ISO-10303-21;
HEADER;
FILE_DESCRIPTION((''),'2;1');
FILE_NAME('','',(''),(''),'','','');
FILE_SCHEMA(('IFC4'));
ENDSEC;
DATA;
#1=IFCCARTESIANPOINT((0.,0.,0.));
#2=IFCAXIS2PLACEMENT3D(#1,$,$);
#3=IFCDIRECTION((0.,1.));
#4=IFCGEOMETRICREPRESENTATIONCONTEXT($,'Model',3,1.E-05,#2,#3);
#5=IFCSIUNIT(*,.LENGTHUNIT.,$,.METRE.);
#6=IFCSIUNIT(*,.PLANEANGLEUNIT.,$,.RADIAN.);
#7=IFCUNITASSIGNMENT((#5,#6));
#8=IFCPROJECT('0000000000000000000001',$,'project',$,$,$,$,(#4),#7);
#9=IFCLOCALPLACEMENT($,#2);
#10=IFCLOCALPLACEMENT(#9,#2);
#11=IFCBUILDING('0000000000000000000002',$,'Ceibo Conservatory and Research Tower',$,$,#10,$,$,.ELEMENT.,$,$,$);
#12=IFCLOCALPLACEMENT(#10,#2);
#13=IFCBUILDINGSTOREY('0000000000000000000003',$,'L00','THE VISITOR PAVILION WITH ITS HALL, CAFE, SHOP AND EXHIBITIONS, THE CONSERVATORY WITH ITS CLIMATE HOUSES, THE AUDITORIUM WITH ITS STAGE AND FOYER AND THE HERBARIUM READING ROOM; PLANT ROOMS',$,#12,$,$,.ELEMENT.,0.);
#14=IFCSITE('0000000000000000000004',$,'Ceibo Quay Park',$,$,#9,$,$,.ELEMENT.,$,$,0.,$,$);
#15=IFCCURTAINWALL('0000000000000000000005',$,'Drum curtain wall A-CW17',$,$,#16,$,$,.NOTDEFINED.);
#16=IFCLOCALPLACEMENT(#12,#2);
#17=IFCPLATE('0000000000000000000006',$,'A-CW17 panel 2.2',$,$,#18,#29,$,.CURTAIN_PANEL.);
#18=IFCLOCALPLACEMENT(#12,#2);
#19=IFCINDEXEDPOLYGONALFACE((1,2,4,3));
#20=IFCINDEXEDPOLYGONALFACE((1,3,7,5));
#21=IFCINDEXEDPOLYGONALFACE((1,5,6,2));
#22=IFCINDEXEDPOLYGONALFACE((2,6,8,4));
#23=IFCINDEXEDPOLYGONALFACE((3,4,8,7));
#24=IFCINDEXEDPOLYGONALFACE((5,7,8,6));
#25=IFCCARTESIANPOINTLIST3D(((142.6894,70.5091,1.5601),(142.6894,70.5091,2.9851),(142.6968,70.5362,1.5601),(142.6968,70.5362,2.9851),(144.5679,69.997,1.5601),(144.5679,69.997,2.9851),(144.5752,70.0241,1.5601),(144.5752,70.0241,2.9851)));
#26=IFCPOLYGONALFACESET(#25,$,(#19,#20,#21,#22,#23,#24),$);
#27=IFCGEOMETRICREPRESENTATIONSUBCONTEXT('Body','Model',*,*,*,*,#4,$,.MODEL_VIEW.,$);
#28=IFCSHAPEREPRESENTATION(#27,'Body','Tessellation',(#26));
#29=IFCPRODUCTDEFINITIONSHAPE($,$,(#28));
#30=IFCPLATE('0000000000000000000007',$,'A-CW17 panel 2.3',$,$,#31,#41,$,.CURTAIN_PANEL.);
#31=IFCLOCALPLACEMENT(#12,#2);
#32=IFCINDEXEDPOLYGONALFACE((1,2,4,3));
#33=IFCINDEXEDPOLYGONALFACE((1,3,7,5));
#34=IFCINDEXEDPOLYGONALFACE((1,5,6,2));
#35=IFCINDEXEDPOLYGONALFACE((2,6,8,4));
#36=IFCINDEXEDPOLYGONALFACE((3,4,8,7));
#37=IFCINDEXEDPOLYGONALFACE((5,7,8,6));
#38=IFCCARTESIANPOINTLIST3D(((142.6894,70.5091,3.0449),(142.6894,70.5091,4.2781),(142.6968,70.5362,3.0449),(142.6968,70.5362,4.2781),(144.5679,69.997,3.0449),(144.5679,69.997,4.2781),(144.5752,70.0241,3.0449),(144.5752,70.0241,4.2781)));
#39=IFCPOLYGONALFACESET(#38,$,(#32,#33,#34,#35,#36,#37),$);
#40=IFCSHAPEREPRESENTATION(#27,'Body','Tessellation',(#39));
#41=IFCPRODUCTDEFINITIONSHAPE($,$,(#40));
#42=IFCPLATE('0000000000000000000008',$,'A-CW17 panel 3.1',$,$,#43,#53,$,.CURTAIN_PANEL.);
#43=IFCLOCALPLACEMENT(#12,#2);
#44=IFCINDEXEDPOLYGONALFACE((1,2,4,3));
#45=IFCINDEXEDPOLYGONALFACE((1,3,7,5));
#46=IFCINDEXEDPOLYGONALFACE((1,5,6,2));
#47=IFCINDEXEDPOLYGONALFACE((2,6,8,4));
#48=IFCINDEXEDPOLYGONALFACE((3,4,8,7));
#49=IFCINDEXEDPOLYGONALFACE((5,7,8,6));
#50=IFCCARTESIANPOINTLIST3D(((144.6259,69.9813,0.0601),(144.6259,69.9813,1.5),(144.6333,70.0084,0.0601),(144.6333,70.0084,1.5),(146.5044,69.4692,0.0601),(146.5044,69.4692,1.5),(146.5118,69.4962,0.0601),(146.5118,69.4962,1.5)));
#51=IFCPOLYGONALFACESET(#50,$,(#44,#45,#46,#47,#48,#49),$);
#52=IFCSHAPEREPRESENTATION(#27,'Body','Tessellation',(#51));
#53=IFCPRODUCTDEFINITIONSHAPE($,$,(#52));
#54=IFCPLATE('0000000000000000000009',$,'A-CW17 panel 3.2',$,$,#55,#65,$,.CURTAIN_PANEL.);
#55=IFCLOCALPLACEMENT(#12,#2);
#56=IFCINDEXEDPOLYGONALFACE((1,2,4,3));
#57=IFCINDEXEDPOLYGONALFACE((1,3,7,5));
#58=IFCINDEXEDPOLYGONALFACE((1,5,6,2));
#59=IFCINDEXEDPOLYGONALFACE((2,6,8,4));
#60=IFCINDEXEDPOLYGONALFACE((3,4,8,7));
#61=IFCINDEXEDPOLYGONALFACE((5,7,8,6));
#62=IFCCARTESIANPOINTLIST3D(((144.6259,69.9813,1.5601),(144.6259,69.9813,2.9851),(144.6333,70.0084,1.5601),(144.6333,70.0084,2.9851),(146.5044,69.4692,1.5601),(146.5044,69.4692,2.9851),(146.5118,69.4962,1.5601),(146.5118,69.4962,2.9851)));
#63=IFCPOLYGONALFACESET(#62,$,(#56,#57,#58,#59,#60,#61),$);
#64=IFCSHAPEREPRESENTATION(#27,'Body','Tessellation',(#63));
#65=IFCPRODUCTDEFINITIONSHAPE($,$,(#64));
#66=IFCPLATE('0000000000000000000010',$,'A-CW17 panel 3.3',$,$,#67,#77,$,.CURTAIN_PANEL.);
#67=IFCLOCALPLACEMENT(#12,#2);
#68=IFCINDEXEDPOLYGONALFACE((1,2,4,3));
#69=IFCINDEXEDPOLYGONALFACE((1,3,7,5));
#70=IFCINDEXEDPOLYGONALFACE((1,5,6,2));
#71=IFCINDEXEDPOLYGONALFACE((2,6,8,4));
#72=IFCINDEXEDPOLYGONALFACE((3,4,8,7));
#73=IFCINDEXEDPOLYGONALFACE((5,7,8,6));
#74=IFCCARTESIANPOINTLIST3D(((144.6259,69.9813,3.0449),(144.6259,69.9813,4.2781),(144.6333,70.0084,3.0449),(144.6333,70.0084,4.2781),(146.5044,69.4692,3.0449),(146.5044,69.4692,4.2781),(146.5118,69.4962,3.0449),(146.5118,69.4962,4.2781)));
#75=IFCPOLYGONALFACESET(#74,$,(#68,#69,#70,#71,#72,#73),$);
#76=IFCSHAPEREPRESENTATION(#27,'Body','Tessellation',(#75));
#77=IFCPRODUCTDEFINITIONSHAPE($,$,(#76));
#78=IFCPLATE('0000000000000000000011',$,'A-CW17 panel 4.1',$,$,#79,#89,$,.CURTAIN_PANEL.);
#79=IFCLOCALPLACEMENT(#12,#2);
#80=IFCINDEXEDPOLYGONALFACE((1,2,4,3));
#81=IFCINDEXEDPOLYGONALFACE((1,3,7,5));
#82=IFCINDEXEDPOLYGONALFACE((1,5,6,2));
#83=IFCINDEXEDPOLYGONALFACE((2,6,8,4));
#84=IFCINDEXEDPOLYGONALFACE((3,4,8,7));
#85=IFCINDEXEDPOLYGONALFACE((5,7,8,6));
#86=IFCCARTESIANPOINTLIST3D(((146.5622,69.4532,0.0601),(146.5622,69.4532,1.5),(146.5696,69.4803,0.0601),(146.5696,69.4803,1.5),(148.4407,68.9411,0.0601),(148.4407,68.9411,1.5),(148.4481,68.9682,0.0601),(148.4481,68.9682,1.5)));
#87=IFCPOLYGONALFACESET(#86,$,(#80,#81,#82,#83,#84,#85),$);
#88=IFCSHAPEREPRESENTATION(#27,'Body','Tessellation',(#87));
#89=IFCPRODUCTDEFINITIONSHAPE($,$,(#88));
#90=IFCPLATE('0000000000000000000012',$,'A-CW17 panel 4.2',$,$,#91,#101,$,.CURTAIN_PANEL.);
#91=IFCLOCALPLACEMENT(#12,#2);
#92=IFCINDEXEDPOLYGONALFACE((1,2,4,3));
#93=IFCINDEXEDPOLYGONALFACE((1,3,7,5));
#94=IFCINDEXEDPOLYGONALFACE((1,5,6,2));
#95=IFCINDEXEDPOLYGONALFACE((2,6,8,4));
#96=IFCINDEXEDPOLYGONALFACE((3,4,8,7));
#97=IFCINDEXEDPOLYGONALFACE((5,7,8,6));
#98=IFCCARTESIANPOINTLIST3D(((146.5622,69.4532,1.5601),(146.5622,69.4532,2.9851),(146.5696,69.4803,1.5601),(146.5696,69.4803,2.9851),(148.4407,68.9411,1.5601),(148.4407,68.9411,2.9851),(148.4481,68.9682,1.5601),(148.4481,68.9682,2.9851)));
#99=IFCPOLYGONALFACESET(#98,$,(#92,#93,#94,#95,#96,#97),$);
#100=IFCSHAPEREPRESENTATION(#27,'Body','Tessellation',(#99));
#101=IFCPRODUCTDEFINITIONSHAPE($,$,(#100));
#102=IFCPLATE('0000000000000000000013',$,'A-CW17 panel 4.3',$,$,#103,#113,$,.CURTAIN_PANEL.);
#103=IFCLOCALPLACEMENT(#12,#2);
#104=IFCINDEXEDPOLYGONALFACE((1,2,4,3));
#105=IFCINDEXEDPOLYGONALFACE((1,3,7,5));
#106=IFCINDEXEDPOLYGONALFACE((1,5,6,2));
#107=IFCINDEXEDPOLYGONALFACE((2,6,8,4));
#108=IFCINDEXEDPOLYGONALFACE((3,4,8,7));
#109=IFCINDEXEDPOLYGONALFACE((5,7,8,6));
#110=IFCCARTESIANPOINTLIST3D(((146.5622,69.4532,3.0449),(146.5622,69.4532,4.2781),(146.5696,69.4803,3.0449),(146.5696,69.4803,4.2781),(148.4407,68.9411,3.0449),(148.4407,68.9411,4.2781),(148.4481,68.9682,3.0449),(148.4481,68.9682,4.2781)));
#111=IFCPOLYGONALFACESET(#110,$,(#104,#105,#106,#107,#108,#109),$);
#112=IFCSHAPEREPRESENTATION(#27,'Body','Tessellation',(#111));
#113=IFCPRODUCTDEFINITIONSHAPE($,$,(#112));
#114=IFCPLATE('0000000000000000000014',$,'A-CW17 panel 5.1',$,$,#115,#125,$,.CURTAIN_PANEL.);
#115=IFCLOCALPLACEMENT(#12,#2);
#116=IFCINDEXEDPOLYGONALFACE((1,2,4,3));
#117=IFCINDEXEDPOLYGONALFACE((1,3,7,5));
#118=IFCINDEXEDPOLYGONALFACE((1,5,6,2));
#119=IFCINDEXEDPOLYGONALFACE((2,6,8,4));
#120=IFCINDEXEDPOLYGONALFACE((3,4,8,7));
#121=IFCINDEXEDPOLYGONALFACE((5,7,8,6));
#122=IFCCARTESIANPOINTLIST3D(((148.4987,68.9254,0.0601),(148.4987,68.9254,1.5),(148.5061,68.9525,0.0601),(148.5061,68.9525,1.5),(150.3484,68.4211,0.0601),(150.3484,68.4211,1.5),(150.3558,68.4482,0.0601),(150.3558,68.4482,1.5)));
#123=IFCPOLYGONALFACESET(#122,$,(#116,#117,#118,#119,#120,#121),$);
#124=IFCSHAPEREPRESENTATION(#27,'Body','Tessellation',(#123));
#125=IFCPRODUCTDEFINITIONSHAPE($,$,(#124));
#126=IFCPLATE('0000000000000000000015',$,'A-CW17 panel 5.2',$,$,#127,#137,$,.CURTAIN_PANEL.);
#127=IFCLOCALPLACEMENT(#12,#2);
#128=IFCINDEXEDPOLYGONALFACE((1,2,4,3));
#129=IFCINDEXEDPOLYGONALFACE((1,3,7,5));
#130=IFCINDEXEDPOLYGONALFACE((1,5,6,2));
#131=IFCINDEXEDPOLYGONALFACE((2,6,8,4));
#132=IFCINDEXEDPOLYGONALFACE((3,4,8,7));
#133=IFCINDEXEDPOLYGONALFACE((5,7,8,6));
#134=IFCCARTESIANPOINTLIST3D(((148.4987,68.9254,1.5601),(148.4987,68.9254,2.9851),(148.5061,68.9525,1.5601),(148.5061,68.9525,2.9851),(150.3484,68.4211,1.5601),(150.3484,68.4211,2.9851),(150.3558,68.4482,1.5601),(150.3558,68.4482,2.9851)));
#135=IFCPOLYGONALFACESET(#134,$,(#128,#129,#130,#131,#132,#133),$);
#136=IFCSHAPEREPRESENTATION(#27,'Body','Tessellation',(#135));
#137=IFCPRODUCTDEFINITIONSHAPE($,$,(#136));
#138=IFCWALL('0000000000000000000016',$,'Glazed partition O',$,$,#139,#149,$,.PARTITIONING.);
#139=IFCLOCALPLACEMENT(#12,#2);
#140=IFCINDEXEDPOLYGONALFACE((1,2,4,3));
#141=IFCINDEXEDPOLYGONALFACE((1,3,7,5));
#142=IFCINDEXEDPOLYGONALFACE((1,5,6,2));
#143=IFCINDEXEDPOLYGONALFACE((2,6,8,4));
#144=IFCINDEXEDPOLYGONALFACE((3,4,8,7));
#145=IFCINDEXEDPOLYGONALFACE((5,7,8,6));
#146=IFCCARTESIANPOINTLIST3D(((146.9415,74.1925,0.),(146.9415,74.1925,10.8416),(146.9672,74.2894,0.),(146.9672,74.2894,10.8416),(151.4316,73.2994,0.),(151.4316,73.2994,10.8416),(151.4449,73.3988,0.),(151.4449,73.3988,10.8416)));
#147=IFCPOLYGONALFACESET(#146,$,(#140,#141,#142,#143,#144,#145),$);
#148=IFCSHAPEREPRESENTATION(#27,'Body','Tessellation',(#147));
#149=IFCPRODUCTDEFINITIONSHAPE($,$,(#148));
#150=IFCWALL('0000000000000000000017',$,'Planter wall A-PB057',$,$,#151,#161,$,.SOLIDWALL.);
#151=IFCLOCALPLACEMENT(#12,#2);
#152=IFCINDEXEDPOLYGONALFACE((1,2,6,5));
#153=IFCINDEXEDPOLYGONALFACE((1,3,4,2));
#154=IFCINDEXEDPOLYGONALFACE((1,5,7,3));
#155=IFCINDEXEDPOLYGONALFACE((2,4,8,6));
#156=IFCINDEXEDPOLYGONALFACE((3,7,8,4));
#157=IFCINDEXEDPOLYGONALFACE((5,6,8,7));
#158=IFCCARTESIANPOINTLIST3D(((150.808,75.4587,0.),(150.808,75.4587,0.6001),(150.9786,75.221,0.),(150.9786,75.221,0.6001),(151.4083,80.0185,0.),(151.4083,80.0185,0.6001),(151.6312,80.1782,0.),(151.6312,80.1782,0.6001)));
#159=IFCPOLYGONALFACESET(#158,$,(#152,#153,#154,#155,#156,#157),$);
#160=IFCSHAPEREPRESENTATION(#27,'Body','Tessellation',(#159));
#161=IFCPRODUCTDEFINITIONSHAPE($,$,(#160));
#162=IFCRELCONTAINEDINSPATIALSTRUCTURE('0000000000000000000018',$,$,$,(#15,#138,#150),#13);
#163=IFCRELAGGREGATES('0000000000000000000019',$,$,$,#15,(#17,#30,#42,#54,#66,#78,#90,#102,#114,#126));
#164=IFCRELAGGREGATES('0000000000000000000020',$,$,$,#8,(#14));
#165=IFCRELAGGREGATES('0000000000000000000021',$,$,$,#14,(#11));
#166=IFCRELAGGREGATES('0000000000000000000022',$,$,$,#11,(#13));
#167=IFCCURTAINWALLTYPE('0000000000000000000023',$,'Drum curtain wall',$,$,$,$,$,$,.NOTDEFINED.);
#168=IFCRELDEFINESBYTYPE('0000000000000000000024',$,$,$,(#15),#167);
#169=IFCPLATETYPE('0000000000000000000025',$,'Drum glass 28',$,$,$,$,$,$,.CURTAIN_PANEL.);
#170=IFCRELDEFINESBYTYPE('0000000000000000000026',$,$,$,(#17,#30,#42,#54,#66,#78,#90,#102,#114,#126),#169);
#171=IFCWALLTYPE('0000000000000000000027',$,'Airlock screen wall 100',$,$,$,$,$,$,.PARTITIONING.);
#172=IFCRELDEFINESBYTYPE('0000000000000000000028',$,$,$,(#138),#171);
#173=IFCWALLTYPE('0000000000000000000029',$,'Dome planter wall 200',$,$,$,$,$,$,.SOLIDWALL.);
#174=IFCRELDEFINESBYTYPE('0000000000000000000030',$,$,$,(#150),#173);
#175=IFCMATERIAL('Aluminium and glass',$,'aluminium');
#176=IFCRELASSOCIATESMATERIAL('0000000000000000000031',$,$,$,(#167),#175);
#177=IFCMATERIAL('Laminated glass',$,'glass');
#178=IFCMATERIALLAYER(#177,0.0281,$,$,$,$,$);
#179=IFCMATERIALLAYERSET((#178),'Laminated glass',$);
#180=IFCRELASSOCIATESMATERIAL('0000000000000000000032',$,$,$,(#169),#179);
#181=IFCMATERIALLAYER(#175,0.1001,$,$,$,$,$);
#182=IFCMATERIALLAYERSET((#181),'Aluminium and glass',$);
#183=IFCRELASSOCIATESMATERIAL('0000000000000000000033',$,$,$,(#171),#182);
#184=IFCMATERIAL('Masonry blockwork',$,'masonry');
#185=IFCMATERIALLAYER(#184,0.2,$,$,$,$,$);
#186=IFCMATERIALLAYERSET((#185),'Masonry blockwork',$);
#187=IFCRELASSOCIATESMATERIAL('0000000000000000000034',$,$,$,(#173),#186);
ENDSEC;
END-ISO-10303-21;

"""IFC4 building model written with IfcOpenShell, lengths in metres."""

from ifc_helpers import new_model, si_unit, direction, frame, origin, origin_2d, place, context, subcontext, project, spatial, polyline, rectangle, outline, extrude, material, layer, layer_set, type_object, element, aggregate, save


model = new_model("IFC4")

# Units and contexts
model_context = context("Model", 3, precision=1e-05, world=origin(), true_north=direction((0.0, 1.0)))
body_context = subcontext(model_context, "Body", "Model", "MODEL_VIEW")
ifc_project = project(units=[si_unit("LENGTHUNIT", "METRE"), si_unit("PLANEANGLEUNIT", "RADIAN")], contexts=[model_context])

# Site, building, storey
site_placement = place(None, origin())
site = spatial("IfcSite", under=ifc_project, at=site_placement, Name="Ceibo Quay Park", CompositionType="ELEMENT", RefElevation=0.0)
building_placement = place(site_placement, origin())
building = spatial("IfcBuilding", under=site, at=building_placement, Name="Ceibo Conservatory and Research Tower", CompositionType="ELEMENT")
storey_placement = place(building_placement, origin())
storey = spatial("IfcBuildingStorey", under=building, at=storey_placement, Name="L00", Description="THE VISITOR PAVILION WITH ITS HALL, CAFE, SHOP AND EXHIBITIONS, THE CONSERVATORY WITH ITS CLIMATE HOUSES, THE AUDITORIUM WITH ITS STAGE AND FOYER AND THE HERBARIUM READING ROOM; PLANT ROOMS", CompositionType="ELEMENT", Elevation=0.0)

# Curtain wall
ifc_material_1 = material(Name="Aluminium and glass", Category="aluminium")
curtain_wall_type = type_object("IfcCurtainWallType", Name="Drum curtain wall", PredefinedType="NOTDEFINED", material=ifc_material_1)
curtain_wall_1_placement = place(storey_placement, origin())
curtain_wall_1 = element("IfcCurtainWall", 1, at=curtain_wall_1_placement, inside=storey, type_object=curtain_wall_type, Name="Drum curtain wall A-CW17", PredefinedType="NOTDEFINED")

# Plates
ifc_material_2 = material(Name="Laminated glass", Category="glass")
ifc_layer_1 = layer(ifc_material_2, 0.0281)
ifc_layer_set_1 = layer_set([ifc_layer_1], Name="Laminated glass")
plate_type = type_object("IfcPlateType", Name="Drum glass 28", PredefinedType="CURTAIN_PANEL", material=ifc_layer_set_1)
plate_1_placement = place(storey_placement, frame((143.6323, 70.2666, 1.5601), z_axis=(0.0, 0.0, 1.0), x_axis=(0.964787, -0.263031, 0.0)))
plate_1 = element("IfcPlate", 2, at=plate_1_placement, type_object=plate_type, Name="A-CW17 panel 2.2", PredefinedType="CURTAIN_PANEL", context=body_context, shape_type="SweptSolid", body=[
    extrude(rectangle(XDim=1.947, YDim=0.0281, at=origin_2d()), origin(), (0.0, 0.0, 1.0), 1.425),
])
plate_2_placement = place(storey_placement, frame((143.6323, 70.2666, 3.0449), z_axis=(0.0, 0.0, 1.0), x_axis=(0.964787, -0.263031, 0.0)))
plate_2 = element("IfcPlate", 3, at=plate_2_placement, type_object=plate_type, Name="A-CW17 panel 2.3", PredefinedType="CURTAIN_PANEL", context=body_context, shape_type="SweptSolid", body=[
    extrude(rectangle(XDim=1.947, YDim=0.0281, at=origin_2d()), origin(), (0.0, 0.0, 1.0), 1.2332),
])
plate_3_placement = place(storey_placement, frame((145.5688, 69.7388, 0.0601), z_axis=(0.0, 0.0, 1.0), x_axis=(0.964787, -0.263031, 0.0)))
plate_3 = element("IfcPlate", 4, at=plate_3_placement, type_object=plate_type, Name="A-CW17 panel 3.1", PredefinedType="CURTAIN_PANEL", context=body_context, shape_type="SweptSolid", body=[
    extrude(rectangle(XDim=1.947, YDim=0.0281, at=origin_2d()), origin(), (0.0, 0.0, 1.0), 1.4399),
])
plate_4_placement = place(storey_placement, frame((145.5688, 69.7388, 1.5601), z_axis=(0.0, 0.0, 1.0), x_axis=(0.964787, -0.263031, 0.0)))
plate_4 = element("IfcPlate", 5, at=plate_4_placement, type_object=plate_type, Name="A-CW17 panel 3.2", PredefinedType="CURTAIN_PANEL", context=body_context, shape_type="SweptSolid", body=[
    extrude(rectangle(XDim=1.947, YDim=0.0281, at=origin_2d()), origin(), (0.0, 0.0, 1.0), 1.425),
])
plate_5_placement = place(storey_placement, frame((145.5688, 69.7388, 3.0449), z_axis=(0.0, 0.0, 1.0), x_axis=(0.964787, -0.263031, 0.0)))
plate_5 = element("IfcPlate", 6, at=plate_5_placement, type_object=plate_type, Name="A-CW17 panel 3.3", PredefinedType="CURTAIN_PANEL", context=body_context, shape_type="SweptSolid", body=[
    extrude(rectangle(XDim=1.947, YDim=0.0281, at=origin_2d()), origin(), (0.0, 0.0, 1.0), 1.2332),
])
plate_6_placement = place(storey_placement, frame((147.5051, 69.2107, 0.0601), z_axis=(0.0, 0.0, 1.0), x_axis=(0.964787, -0.263031, 0.0)))
plate_6 = element("IfcPlate", 7, at=plate_6_placement, type_object=plate_type, Name="A-CW17 panel 4.1", PredefinedType="CURTAIN_PANEL", context=body_context, shape_type="SweptSolid", body=[
    extrude(rectangle(XDim=1.947, YDim=0.0281, at=origin_2d()), origin(), (0.0, 0.0, 1.0), 1.4399),
])
plate_7_placement = place(storey_placement, frame((147.5051, 69.2107, 1.5601), z_axis=(0.0, 0.0, 1.0), x_axis=(0.964787, -0.263031, 0.0)))
plate_7 = element("IfcPlate", 8, at=plate_7_placement, type_object=plate_type, Name="A-CW17 panel 4.2", PredefinedType="CURTAIN_PANEL", context=body_context, shape_type="SweptSolid", body=[
    extrude(rectangle(XDim=1.947, YDim=0.0281, at=origin_2d()), origin(), (0.0, 0.0, 1.0), 1.425),
])
plate_8_placement = place(storey_placement, frame((147.5051, 69.2107, 3.0449), z_axis=(0.0, 0.0, 1.0), x_axis=(0.964787, -0.263031, 0.0)))
plate_8 = element("IfcPlate", 9, at=plate_8_placement, type_object=plate_type, Name="A-CW17 panel 4.3", PredefinedType="CURTAIN_PANEL", context=body_context, shape_type="SweptSolid", body=[
    extrude(rectangle(XDim=1.947, YDim=0.0281, at=origin_2d()), origin(), (0.0, 0.0, 1.0), 1.2332),
])
plate_9_placement = place(storey_placement, frame((149.4272, 68.6868, 0.0601), z_axis=(0.0, 0.0, 1.0), x_axis=(0.964787, -0.263031, 0.0)))
plate_9 = element("IfcPlate", 10, at=plate_9_placement, type_object=plate_type, Name="A-CW17 panel 5.1", PredefinedType="CURTAIN_PANEL", context=body_context, shape_type="SweptSolid", body=[
    extrude(rectangle(XDim=1.9172, YDim=0.0281, at=origin_2d()), origin(), (0.0, 0.0, 1.0), 1.4399),
])
plate_10_placement = place(storey_placement, frame((149.4272, 68.6868, 1.5601), z_axis=(0.0, 0.0, 1.0), x_axis=(0.964787, -0.263031, 0.0)))
plate_10 = element("IfcPlate", 11, at=plate_10_placement, type_object=plate_type, Name="A-CW17 panel 5.2", PredefinedType="CURTAIN_PANEL", context=body_context, shape_type="SweptSolid", body=[
    extrude(rectangle(XDim=1.9172, YDim=0.0281, at=origin_2d()), origin(), (0.0, 0.0, 1.0), 1.425),
])
aggregate(curtain_wall_1, [plate_1, plate_2, plate_3, plate_4, plate_5, plate_6, plate_7, plate_8, plate_9, plate_10])

# Walls
ifc_layer_2 = layer(ifc_material_1, 0.1001)
ifc_layer_set_2 = layer_set([ifc_layer_2], Name="Aluminium and glass")
wall_type_1 = type_object("IfcWallType", Name="Airlock screen wall 100", PredefinedType="PARTITIONING", material=ifc_layer_set_2)
wall_1_placement = place(storey_placement, frame((146.9543, 74.241, 0.0), z_axis=(0.0, 0.0, 1.0), x_axis=(0.980788, -0.195079, 0.0)))
element("IfcWall", 12, at=wall_1_placement, inside=storey, type_object=wall_type_1, Name="Glazed partition O", PredefinedType="PARTITIONING", context=body_context, shape_type="SweptSolid", body=[
    extrude(outline(polyline([(-0.0032, -0.05), (4.575, -0.05), (4.5686, 0.05), (0.0032, 0.05), (-0.0032, -0.05)])), origin(), (0.0, 0.0, 1.0), 10.8416),
])
ifc_material_3 = material(Name="Masonry blockwork", Category="masonry")
ifc_layer_3 = layer(ifc_material_3, 0.2)
ifc_layer_set_3 = layer_set([ifc_layer_3], Name="Masonry blockwork")
wall_type_2 = type_object("IfcWallType", Name="Dome planter wall 200", PredefinedType="SOLIDWALL", material=ifc_layer_set_3)
wall_2_placement = place(storey_placement, frame((150.8933, 75.3398, 0.0), z_axis=(0.0, 0.0, 1.0), x_axis=(0.130524, 0.991445, 0.0)))
element("IfcWall", 13, at=wall_2_placement, inside=storey, type_object=wall_type_2, Name="Planter wall A-PB057", PredefinedType="SOLIDWALL", context=body_context, shape_type="SweptSolid", body=[
    extrude(outline(polyline([(-0.1067, -0.1001), (4.8933, -0.1001), (4.7058, 0.1001), (0.1067, 0.1001), (-0.1067, -0.1001)])), origin(), (0.0, 0.0, 1.0), 0.6001),
])

save(model, "model.ifc")
